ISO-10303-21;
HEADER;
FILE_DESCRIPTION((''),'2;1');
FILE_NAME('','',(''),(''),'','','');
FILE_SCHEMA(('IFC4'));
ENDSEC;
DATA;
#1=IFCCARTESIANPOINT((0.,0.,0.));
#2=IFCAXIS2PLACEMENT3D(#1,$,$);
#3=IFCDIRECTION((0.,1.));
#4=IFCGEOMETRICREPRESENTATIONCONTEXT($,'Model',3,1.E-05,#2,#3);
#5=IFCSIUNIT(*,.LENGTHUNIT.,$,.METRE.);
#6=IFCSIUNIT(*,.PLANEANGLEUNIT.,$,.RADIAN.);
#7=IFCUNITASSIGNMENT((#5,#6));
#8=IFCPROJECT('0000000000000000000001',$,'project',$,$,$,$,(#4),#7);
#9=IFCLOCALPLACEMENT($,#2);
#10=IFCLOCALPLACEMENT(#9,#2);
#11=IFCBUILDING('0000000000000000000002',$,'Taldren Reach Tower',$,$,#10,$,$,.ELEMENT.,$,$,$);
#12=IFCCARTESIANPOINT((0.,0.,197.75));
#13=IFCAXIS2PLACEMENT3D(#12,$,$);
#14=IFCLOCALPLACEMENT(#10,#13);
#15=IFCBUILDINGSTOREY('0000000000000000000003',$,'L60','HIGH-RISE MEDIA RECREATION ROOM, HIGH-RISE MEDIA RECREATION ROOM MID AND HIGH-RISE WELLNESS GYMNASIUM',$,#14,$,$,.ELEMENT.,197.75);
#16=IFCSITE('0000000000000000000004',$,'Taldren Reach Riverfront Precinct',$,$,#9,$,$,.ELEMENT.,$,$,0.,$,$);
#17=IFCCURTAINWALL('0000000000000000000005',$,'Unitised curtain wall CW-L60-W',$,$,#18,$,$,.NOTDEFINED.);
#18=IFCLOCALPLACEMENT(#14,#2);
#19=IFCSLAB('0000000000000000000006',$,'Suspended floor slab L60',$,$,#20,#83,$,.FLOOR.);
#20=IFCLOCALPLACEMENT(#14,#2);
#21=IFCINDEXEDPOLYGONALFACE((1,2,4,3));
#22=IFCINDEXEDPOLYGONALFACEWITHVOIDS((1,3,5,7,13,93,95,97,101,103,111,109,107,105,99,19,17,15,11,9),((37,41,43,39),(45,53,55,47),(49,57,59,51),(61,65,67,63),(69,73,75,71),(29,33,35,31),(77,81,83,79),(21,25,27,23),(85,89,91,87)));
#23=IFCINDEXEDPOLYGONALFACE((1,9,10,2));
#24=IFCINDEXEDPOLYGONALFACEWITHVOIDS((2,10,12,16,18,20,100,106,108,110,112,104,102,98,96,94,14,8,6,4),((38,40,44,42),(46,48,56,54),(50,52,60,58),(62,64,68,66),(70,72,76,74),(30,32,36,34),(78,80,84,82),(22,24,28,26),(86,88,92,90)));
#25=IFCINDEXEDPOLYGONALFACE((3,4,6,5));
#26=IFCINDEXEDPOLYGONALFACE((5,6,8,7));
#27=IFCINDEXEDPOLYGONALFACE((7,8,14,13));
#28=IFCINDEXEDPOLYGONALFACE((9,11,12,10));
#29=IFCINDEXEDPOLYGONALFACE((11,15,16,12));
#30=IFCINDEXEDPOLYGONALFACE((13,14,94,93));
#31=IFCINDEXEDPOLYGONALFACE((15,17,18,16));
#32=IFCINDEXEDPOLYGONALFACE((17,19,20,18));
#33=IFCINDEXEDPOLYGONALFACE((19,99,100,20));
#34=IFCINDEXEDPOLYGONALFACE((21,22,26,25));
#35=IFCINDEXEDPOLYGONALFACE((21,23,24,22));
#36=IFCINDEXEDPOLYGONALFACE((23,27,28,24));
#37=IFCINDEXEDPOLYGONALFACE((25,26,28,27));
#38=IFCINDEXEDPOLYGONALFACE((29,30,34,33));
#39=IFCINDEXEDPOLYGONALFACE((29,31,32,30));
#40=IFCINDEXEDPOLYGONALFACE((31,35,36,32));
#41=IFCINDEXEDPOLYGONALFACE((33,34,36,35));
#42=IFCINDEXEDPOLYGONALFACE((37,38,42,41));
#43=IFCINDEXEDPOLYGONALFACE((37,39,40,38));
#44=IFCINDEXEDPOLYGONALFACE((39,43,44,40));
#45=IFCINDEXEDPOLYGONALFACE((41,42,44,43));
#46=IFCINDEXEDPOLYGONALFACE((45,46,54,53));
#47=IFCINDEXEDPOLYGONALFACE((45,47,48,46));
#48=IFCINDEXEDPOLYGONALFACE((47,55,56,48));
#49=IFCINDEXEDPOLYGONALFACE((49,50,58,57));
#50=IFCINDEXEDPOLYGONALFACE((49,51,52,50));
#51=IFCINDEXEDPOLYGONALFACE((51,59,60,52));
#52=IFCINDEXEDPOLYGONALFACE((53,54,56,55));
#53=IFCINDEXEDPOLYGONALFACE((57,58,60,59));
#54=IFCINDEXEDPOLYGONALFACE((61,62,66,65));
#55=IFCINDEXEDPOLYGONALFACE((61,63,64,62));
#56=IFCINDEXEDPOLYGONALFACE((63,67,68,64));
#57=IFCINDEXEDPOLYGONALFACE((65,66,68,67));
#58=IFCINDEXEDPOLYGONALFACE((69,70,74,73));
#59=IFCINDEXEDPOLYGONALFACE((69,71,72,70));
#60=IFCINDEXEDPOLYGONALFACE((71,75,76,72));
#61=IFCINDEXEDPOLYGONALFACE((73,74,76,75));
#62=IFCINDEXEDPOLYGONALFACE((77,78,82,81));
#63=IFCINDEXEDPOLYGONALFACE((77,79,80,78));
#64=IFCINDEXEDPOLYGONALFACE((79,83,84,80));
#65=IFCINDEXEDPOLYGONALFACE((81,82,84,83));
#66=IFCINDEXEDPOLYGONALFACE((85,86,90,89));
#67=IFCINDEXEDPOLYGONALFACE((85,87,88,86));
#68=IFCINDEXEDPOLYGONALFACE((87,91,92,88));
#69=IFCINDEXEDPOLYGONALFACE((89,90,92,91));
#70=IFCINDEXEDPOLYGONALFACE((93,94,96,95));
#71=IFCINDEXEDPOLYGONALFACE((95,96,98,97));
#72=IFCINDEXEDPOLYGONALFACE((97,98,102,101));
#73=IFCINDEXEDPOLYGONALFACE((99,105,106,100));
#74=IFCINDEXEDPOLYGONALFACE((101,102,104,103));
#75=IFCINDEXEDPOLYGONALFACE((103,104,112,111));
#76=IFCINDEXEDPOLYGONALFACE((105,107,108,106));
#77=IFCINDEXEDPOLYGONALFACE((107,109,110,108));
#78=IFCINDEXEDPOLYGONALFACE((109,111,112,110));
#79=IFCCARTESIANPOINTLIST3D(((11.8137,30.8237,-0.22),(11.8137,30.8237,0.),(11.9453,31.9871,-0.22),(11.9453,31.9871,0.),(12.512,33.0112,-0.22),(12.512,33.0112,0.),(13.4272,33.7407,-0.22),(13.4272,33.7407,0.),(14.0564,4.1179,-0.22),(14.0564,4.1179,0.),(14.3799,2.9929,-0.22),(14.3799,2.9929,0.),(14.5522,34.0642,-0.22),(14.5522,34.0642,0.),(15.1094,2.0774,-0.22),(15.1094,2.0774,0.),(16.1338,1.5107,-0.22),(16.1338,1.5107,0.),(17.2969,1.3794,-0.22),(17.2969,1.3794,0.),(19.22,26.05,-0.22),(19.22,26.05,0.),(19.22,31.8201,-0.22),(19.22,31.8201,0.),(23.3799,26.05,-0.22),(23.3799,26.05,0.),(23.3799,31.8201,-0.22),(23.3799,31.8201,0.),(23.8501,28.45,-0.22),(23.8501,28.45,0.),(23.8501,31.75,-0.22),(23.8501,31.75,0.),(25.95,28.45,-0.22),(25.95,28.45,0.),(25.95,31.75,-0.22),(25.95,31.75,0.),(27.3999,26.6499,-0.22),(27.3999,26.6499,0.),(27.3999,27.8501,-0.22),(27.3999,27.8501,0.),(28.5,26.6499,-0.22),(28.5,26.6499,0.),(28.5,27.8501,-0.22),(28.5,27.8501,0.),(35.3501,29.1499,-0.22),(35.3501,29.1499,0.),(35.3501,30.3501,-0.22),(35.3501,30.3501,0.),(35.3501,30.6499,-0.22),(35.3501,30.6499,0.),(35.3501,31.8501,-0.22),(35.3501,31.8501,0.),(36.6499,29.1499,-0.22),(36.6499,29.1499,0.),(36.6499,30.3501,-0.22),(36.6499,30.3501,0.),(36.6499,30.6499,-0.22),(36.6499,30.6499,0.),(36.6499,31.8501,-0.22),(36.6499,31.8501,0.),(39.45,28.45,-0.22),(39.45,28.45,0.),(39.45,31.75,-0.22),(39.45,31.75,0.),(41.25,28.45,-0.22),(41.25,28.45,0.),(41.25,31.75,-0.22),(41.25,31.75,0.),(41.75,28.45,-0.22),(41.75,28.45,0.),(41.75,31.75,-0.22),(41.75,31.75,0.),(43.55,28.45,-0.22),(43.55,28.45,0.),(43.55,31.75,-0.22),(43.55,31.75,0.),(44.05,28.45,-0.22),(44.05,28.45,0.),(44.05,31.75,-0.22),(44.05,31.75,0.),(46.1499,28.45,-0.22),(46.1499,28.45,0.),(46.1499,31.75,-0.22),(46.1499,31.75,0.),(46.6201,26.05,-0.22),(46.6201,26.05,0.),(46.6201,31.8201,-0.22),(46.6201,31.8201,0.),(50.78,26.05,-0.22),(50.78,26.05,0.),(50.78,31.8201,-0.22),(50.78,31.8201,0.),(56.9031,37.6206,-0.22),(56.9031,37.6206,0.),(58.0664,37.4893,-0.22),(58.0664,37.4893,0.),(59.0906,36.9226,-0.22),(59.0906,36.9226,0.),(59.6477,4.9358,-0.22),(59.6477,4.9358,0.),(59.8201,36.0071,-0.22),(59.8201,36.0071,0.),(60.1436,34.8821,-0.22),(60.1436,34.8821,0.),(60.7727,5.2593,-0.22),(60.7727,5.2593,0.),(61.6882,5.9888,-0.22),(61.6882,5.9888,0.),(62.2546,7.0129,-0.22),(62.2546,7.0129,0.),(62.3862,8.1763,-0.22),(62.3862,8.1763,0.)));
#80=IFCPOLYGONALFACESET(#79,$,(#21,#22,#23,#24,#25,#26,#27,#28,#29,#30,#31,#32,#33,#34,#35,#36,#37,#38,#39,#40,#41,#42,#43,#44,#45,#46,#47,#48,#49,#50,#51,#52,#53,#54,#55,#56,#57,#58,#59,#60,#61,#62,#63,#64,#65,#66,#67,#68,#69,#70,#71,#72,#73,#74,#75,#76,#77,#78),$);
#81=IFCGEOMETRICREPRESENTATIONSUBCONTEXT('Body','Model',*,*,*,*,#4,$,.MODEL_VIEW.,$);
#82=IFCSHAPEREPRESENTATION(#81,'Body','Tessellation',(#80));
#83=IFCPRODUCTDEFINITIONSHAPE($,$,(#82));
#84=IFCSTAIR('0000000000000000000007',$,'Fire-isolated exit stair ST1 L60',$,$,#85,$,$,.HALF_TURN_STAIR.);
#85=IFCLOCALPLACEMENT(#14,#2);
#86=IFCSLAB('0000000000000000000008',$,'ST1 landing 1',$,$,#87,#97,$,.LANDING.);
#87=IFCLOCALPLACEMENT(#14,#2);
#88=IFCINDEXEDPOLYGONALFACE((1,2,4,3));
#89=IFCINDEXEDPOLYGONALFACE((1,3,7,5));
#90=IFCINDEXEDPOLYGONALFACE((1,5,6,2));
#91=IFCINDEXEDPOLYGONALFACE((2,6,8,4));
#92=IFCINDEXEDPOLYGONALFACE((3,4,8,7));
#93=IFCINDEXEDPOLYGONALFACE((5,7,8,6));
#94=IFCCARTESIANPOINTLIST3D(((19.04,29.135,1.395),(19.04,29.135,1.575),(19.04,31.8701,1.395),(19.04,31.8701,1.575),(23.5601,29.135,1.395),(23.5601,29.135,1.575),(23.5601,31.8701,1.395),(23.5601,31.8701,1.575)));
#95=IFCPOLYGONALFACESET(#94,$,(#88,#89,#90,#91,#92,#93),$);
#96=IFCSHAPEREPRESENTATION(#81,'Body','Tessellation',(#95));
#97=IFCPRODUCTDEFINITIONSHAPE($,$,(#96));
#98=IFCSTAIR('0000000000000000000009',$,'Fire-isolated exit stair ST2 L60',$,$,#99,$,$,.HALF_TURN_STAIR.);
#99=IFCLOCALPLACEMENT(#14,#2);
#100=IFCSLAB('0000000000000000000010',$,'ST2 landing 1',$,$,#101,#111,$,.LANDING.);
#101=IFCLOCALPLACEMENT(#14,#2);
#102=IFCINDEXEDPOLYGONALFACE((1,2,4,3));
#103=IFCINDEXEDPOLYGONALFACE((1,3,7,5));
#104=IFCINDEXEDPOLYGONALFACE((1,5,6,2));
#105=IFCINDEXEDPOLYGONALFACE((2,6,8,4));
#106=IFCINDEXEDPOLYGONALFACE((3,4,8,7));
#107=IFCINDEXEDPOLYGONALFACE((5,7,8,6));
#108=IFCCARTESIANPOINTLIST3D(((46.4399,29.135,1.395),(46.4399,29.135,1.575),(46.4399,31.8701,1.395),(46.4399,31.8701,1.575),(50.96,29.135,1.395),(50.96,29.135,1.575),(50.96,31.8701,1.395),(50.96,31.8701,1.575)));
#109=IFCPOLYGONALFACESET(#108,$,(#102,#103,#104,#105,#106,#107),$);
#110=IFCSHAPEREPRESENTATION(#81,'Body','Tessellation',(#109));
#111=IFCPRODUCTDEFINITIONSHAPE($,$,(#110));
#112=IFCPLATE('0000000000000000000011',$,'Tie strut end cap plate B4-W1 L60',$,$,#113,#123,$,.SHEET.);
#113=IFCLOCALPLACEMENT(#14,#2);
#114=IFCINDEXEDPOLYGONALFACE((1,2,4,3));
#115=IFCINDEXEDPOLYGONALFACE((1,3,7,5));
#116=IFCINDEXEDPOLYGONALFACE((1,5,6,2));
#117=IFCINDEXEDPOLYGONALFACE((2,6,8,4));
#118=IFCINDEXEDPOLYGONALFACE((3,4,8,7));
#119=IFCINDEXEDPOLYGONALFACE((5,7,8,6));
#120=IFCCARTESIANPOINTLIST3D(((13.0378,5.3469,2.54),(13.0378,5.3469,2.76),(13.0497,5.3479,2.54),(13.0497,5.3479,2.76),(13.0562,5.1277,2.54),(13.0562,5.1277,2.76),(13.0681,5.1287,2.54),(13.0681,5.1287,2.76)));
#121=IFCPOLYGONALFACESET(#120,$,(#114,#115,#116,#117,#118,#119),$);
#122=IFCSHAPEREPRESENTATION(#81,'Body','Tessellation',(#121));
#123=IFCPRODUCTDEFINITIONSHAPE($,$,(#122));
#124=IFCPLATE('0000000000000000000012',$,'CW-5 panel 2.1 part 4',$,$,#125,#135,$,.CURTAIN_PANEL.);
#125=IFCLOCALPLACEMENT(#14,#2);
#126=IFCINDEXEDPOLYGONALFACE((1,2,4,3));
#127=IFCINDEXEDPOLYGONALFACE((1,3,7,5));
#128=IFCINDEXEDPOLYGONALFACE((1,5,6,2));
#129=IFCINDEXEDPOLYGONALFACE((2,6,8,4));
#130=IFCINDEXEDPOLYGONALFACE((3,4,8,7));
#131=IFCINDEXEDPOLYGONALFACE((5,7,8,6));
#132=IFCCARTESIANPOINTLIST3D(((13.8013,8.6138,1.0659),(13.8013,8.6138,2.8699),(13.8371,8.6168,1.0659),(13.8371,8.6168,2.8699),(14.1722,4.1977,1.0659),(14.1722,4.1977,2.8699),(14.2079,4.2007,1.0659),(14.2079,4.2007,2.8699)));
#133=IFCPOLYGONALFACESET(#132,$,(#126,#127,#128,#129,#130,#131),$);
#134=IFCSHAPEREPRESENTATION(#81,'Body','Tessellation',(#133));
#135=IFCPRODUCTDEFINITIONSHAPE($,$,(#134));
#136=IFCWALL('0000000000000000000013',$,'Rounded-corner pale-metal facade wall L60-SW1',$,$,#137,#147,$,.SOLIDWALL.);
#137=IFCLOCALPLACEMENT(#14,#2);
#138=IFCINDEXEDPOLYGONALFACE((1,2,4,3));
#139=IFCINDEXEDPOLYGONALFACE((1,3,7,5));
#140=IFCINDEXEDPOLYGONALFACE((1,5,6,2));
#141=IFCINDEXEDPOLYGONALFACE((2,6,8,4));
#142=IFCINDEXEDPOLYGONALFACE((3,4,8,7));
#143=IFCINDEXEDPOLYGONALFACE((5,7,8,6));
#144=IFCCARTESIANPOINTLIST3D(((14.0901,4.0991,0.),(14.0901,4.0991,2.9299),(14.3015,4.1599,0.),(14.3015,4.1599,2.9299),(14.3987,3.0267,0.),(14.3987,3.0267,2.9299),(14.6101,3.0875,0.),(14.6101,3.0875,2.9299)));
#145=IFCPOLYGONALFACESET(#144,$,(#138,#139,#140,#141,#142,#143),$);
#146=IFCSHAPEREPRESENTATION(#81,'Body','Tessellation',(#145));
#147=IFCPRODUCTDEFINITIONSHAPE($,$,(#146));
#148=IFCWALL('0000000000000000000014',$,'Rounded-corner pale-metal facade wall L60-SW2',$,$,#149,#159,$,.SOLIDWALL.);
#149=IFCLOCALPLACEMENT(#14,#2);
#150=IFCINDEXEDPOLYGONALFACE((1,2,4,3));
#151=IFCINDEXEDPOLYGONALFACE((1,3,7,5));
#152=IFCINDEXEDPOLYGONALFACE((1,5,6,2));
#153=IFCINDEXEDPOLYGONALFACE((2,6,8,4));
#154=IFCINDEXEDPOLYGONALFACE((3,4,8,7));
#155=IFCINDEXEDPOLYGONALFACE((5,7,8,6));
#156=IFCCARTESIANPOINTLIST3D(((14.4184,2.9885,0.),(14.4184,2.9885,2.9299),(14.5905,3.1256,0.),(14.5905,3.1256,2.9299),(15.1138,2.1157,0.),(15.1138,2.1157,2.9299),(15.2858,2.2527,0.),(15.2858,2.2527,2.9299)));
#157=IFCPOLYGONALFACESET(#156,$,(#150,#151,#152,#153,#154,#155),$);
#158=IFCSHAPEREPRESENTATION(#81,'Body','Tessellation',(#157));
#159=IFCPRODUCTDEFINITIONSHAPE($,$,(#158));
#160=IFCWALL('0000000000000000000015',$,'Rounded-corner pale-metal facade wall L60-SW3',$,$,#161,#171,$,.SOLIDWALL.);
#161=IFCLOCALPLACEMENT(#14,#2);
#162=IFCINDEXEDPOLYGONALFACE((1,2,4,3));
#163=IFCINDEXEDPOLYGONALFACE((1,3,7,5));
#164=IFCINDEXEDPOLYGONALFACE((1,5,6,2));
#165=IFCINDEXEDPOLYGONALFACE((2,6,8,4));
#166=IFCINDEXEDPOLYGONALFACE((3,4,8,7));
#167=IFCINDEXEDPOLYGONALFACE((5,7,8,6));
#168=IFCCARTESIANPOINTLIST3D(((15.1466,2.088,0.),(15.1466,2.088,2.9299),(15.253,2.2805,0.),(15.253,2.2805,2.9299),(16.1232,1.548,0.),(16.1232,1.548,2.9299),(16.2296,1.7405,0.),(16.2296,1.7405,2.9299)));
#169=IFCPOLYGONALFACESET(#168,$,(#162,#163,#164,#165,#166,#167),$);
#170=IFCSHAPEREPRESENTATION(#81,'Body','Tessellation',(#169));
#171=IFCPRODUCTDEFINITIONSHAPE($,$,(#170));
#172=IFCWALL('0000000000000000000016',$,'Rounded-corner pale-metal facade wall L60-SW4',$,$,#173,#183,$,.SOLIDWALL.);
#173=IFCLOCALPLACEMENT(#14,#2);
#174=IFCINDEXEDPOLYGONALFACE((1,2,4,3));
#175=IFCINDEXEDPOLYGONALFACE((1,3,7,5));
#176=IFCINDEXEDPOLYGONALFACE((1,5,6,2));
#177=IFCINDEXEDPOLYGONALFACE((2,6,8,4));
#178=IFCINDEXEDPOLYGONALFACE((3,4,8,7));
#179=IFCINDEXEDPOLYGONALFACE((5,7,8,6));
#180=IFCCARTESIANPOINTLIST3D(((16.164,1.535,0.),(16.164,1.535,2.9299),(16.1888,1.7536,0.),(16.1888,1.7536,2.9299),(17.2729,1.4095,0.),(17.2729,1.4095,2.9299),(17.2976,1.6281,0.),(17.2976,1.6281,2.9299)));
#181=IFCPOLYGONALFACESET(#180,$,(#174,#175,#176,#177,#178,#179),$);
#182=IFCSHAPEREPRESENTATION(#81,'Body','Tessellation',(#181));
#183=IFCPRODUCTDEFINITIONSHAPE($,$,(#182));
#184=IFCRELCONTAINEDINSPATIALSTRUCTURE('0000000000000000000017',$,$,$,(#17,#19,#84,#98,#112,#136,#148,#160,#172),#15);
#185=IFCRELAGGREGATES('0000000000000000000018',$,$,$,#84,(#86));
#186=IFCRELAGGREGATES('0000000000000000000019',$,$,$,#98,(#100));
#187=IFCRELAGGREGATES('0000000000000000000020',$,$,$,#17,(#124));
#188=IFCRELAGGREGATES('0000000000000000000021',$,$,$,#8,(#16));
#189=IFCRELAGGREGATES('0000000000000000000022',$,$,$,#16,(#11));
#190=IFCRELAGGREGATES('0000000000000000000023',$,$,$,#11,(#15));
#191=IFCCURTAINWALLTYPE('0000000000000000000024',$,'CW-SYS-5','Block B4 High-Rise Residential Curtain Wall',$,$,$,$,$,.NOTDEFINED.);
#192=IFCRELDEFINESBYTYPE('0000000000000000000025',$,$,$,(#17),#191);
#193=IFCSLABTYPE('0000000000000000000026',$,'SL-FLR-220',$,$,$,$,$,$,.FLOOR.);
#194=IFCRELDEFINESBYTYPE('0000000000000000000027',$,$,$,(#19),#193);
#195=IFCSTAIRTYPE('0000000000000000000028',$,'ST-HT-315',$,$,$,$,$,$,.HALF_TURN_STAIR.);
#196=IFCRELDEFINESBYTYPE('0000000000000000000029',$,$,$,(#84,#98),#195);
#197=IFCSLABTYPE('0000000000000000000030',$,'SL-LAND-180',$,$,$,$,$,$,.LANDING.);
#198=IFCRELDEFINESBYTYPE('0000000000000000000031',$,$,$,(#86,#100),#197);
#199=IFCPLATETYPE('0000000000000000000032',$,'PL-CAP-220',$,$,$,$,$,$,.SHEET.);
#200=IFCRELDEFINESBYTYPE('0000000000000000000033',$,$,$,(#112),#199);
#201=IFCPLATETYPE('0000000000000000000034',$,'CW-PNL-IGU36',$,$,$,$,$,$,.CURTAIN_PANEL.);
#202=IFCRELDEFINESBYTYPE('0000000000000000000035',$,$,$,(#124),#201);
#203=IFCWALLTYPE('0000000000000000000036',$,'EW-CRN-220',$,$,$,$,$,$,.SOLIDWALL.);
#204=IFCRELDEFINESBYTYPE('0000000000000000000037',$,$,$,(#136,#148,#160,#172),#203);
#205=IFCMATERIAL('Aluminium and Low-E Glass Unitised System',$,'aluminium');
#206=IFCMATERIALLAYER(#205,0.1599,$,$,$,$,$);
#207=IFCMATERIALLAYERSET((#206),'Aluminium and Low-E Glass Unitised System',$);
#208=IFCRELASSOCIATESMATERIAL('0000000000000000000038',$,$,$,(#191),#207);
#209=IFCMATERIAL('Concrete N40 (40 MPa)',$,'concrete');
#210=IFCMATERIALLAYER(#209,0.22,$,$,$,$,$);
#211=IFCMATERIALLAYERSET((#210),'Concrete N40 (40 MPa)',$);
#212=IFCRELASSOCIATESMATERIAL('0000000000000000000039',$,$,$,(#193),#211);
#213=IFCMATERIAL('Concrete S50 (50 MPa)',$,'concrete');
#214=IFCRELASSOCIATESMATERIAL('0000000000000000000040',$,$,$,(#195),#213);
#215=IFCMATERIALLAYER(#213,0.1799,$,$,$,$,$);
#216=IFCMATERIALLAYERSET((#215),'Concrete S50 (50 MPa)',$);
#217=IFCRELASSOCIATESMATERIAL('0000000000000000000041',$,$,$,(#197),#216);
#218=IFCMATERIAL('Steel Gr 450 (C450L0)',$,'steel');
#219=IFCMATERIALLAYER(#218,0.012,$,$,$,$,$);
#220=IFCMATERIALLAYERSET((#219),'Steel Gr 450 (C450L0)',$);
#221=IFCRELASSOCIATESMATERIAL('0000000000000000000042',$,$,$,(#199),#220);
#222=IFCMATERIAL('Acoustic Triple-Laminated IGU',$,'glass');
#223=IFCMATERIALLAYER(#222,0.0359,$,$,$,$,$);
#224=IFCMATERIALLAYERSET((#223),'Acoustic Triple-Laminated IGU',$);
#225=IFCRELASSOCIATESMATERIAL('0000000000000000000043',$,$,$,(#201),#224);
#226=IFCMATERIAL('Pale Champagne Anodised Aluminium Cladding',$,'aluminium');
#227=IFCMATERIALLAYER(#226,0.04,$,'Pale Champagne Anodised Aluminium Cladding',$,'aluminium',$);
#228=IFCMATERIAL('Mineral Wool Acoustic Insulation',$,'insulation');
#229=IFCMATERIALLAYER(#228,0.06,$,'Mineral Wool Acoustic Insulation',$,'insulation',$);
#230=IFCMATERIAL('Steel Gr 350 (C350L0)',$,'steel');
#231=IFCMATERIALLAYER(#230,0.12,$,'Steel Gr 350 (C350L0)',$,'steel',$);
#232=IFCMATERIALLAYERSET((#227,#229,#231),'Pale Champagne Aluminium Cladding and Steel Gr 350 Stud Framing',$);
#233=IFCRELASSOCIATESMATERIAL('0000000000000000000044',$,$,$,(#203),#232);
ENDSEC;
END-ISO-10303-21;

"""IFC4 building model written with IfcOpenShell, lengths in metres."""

from ifc_helpers import new_model, si_unit, direction, frame, frame_2d, origin, origin_2d, place, context, subcontext, project, spatial, polyline, rectangle, outline, extrude, source, transform, mapped, material, layer, layer_set, type_object, element, aggregate, save


model = new_model("IFC4")

# Units and contexts
model_context = context("Model", 3, precision=1e-05, world=origin(), true_north=direction((0.0, 1.0)))
body_context = subcontext(model_context, "Body", "Model", "MODEL_VIEW")
ifc_project = project(units=[si_unit("LENGTHUNIT", "METRE"), si_unit("PLANEANGLEUNIT", "RADIAN")], contexts=[model_context])

# Site, building, storey
site_placement = place(None, origin())
site = spatial("IfcSite", under=ifc_project, at=site_placement, Name="Taldren Reach Riverfront Precinct", CompositionType="ELEMENT", RefElevation=0.0)
building_placement = place(site_placement, origin())
building = spatial("IfcBuilding", under=site, at=building_placement, Name="Taldren Reach Tower", CompositionType="ELEMENT")
storey_placement = place(building_placement, frame((0.0, 0.0, 197.75)))
storey = spatial("IfcBuildingStorey", under=building, at=storey_placement, Name="L60", Description="HIGH-RISE MEDIA RECREATION ROOM, HIGH-RISE MEDIA RECREATION ROOM MID AND HIGH-RISE WELLNESS GYMNASIUM", CompositionType="ELEMENT", Elevation=197.75)

# Shared definitions
ifc_material_1 = material(Name="Steel Gr 350 (C350L0)", Category="steel")

# Shared definitions
ifc_material_2 = material(Name="Steel Gr 450 (C450L0)", Category="steel")

# Curtain wall
ifc_material_3 = material(Name="Aluminium and Low-E Glass Unitised System", Category="aluminium")
ifc_layer_1 = layer(ifc_material_3, 0.1599)
ifc_layer_set_1 = layer_set([ifc_layer_1], Name="Aluminium and Low-E Glass Unitised System")
curtain_wall_type = type_object("IfcCurtainWallType", Name="CW-SYS-5", Description="Block B4 High-Rise Residential Curtain Wall", PredefinedType="NOTDEFINED", material=ifc_layer_set_1)
curtain_wall_1_placement = place(storey_placement, origin())
curtain_wall_1 = element("IfcCurtainWall", 1, at=curtain_wall_1_placement, inside=storey, type_object=curtain_wall_type, Name="Unitised curtain wall CW-L60-W", PredefinedType="NOTDEFINED")

# Slab
ifc_material_4 = material(Name="Concrete N40 (40 MPa)", Category="concrete")
ifc_layer_2 = layer(ifc_material_4, 0.22)
ifc_layer_set_2 = layer_set([ifc_layer_2], Name="Concrete N40 (40 MPa)")
slab_type_1 = type_object("IfcSlabType", Name="SL-FLR-220", PredefinedType="FLOOR", material=ifc_layer_set_2)
slab_1_placement = place(storey_placement, frame((0.0, 0.0, -0.22)))
element("IfcSlab", 2, at=slab_1_placement, inside=storey, type_object=slab_type_1, Name="Suspended floor slab L60", PredefinedType="FLOOR", context=body_context, shape_type="SweptSolid", body=[
    extrude(outline(polyline([(59.6477, 4.9358), (60.7727, 5.2593), (61.6882, 5.9888), (62.2546, 7.0129), (62.3862, 8.1763), (60.1436, 34.8821), (59.8201, 36.0071), (59.0906, 36.9226), (58.0664, 37.4893), (56.9031, 37.6206), (14.5522, 34.0642), (13.4272, 33.7407), (12.512, 33.0112), (11.9453, 31.9871), (11.8137, 30.8237), (14.0564, 4.1179), (14.3799, 2.9929), (15.1094, 2.0774), (16.1338, 1.5107), (17.2969, 1.3794), (59.6477, 4.9358)]), holes=[polyline([(19.22, 26.05), (23.3799, 26.05), (23.3799, 31.8201), (19.22, 31.8201), (19.22, 26.05)]), polyline([(46.6201, 26.05), (50.78, 26.05), (50.78, 31.8201), (46.6201, 31.8201), (46.6201, 26.05)]), polyline([(23.8501, 28.45), (25.95, 28.45), (25.95, 31.75), (23.8501, 31.75), (23.8501, 28.45)]), polyline([(44.05, 28.45), (46.1499, 28.45), (46.1499, 31.75), (44.05, 31.75), (44.05, 28.45)]), polyline([(39.45, 28.45), (41.25, 28.45), (41.25, 31.75), (39.45, 31.75), (39.45, 28.45)]), polyline([(41.75, 28.45), (43.55, 28.45), (43.55, 31.75), (41.75, 31.75), (41.75, 28.45)]), polyline([(35.3501, 30.6499), (36.6499, 30.6499), (36.6499, 31.8501), (35.3501, 31.8501), (35.3501, 30.6499)]), polyline([(35.3501, 29.1499), (36.6499, 29.1499), (36.6499, 30.3501), (35.3501, 30.3501), (35.3501, 29.1499)]), polyline([(27.3999, 26.6499), (28.5, 26.6499), (28.5, 27.8501), (27.3999, 27.8501), (27.3999, 26.6499)])]), origin(), (0.0, 0.0, 1.0), 0.22),
])

# Stairs, slabs
ifc_material_5 = material(Name="Concrete S50 (50 MPa)", Category="concrete")
stair_type = type_object("IfcStairType", Name="ST-HT-315", PredefinedType="HALF_TURN_STAIR", material=ifc_material_5)
stair_1_placement = place(storey_placement, origin())
stair_1 = element("IfcStair", 3, at=stair_1_placement, inside=storey, type_object=stair_type, Name="Fire-isolated exit stair ST1 L60", PredefinedType="HALF_TURN_STAIR")
ifc_layer_3 = layer(ifc_material_5, 0.1799)
ifc_layer_set_3 = layer_set([ifc_layer_3], Name="Concrete S50 (50 MPa)")
slab_type_2 = type_object("IfcSlabType", Name="SL-LAND-180", PredefinedType="LANDING", material=ifc_layer_set_3)
slab_2_placement = place(storey_placement, frame((0.0, 0.0, 1.395)))
slab_2 = element("IfcSlab", 4, at=slab_2_placement, type_object=slab_type_2, Name="ST1 landing 1", PredefinedType="LANDING", context=body_context, shape_type="SweptSolid", body=[
    extrude(outline(polyline([(19.04, 29.135), (23.5601, 29.135), (23.5601, 31.8701), (19.04, 31.8701), (19.04, 29.135)])), origin(), (0.0, 0.0, 1.0), 0.1799),
])
aggregate(stair_1, [slab_2])
stair_2_placement = place(storey_placement, origin())
stair_2 = element("IfcStair", 5, at=stair_2_placement, inside=storey, type_object=stair_type, Name="Fire-isolated exit stair ST2 L60", PredefinedType="HALF_TURN_STAIR")
slab_3_placement = place(storey_placement, frame((0.0, 0.0, 1.395)))
slab_3 = element("IfcSlab", 6, at=slab_3_placement, type_object=slab_type_2, Name="ST2 landing 1", PredefinedType="LANDING", context=body_context, shape_type="SweptSolid", body=[
    extrude(outline(polyline([(46.4399, 29.135), (50.96, 29.135), (50.96, 31.8701), (46.4399, 31.8701), (46.4399, 29.135)])), origin(), (0.0, 0.0, 1.0), 0.1799),
])
aggregate(stair_2, [slab_3])

# Plates
ifc_layer_4 = layer(ifc_material_2, 0.012)
ifc_layer_set_4 = layer_set([ifc_layer_4], Name="Steel Gr 450 (C450L0)")
plate_type_1 = type_object("IfcPlateType", Name="PL-CAP-220", PredefinedType="SHEET", material=ifc_layer_set_4)
shared_shape_1 = source(origin(), body_context, "Body", "SweptSolid", [
    extrude(rectangle(XDim=0.012, YDim=0.22, at=origin_2d()), origin(), (0.0, 0.0, 1.0), 0.22),
])
plate_1_placement = place(storey_placement, frame((13.053, 5.2378, 2.54), z_axis=(0.0, 0.0, 1.0), x_axis=(0.996493, 0.083678, 0.0)))
element("IfcPlate", 7, at=plate_1_placement, inside=storey, type_object=plate_type_1, Name="Tie strut end cap plate B4-W1 L60", PredefinedType="SHEET", context=body_context, shape_type="MappedRepresentation", body=[
    mapped(shared_shape_1, transform((0.0, 0.0, 0.0), scale=1.0)),
])
ifc_material_6 = material(Name="Acoustic Triple-Laminated IGU", Category="glass")
ifc_layer_5 = layer(ifc_material_6, 0.0359)
ifc_layer_set_5 = layer_set([ifc_layer_5], Name="Acoustic Triple-Laminated IGU")
plate_type_2 = type_object("IfcPlateType", Name="CW-PNL-IGU36", PredefinedType="CURTAIN_PANEL", material=ifc_layer_set_5)
shared_shape_2 = source(origin(), body_context, "Body", "SweptSolid", [
    extrude(rectangle(XDim=4.4316, YDim=0.0359, at=origin_2d()), origin(), (0.0, 0.0, 1.0), 1.804),
])
plate_2_placement = place(storey_placement, frame((14.0046, 6.4072, 1.0659), z_axis=(0.0, 0.0, 1.0), x_axis=(0.083678, -0.996493, 0.0)))
plate_2 = element("IfcPlate", 8, at=plate_2_placement, type_object=plate_type_2, Name="CW-5 panel 2.1 part 4", PredefinedType="CURTAIN_PANEL", context=body_context, shape_type="MappedRepresentation", body=[
    mapped(shared_shape_2, transform((0.0, 0.0, 0.0), scale=1.0)),
])
aggregate(curtain_wall_1, [plate_2])

# Walls
ifc_material_7 = material(Name="Pale Champagne Anodised Aluminium Cladding", Category="aluminium")
ifc_layer_6 = layer(ifc_material_7, 0.04, Name="Pale Champagne Anodised Aluminium Cladding", Category="aluminium")
ifc_material_8 = material(Name="Mineral Wool Acoustic Insulation", Category="insulation")
ifc_layer_7 = layer(ifc_material_8, 0.06, Name="Mineral Wool Acoustic Insulation", Category="insulation")
ifc_layer_8 = layer(ifc_material_1, 0.12, Name="Steel Gr 350 (C350L0)", Category="steel")
ifc_layer_set_6 = layer_set([ifc_layer_6, ifc_layer_7, ifc_layer_8], Name="Pale Champagne Aluminium Cladding and Steel Gr 350 Stud Framing")
wall_type = type_object("IfcWallType", Name="EW-CRN-220", PredefinedType="SOLIDWALL", material=ifc_layer_set_6)
shared_shape_3 = source(origin(), body_context, "Body", "SweptSolid", [
    extrude(rectangle(XDim=1.116, YDim=0.22, at=frame_2d((0.5581, 0.0))), origin(), (0.0, 0.0, 1.0), 2.9299),
])
for number, where, z_axis, x_axis, name in (
    (9, (14.1958, 4.1296, 0.0), (0.0, 0.0, 1.0), (0.276512, -0.96101, 0.0), "Rounded-corner pale-metal facade wall L60-SW1"),
    (10, (14.5044, 3.0571, 0.0), (0.0, 0.0, 1.0), (0.623093, -0.782148, 0.0), "Rounded-corner pale-metal facade wall L60-SW2"),
    (11, (15.1997, 2.1843, 0.0), (0.0, 0.0, 1.0), (0.875105, -0.483933, 0.0), "Rounded-corner pale-metal facade wall L60-SW3"),
    (12, (16.1763, 1.6443, 0.0), (0.0, 0.0, 1.0), (0.993658, -0.112448, 0.0), "Rounded-corner pale-metal facade wall L60-SW4"),
):
    element("IfcWall", number, at=place(storey_placement, frame(where, z_axis=z_axis, x_axis=x_axis)), inside=storey, type_object=wall_type, Name=name, PredefinedType="SOLIDWALL", context=body_context, shape_type="MappedRepresentation", body=[
        mapped(shared_shape_3, transform((0.0, 0.0, 0.0), scale=1.0)),
    ])

save(model, "model.ifc")
